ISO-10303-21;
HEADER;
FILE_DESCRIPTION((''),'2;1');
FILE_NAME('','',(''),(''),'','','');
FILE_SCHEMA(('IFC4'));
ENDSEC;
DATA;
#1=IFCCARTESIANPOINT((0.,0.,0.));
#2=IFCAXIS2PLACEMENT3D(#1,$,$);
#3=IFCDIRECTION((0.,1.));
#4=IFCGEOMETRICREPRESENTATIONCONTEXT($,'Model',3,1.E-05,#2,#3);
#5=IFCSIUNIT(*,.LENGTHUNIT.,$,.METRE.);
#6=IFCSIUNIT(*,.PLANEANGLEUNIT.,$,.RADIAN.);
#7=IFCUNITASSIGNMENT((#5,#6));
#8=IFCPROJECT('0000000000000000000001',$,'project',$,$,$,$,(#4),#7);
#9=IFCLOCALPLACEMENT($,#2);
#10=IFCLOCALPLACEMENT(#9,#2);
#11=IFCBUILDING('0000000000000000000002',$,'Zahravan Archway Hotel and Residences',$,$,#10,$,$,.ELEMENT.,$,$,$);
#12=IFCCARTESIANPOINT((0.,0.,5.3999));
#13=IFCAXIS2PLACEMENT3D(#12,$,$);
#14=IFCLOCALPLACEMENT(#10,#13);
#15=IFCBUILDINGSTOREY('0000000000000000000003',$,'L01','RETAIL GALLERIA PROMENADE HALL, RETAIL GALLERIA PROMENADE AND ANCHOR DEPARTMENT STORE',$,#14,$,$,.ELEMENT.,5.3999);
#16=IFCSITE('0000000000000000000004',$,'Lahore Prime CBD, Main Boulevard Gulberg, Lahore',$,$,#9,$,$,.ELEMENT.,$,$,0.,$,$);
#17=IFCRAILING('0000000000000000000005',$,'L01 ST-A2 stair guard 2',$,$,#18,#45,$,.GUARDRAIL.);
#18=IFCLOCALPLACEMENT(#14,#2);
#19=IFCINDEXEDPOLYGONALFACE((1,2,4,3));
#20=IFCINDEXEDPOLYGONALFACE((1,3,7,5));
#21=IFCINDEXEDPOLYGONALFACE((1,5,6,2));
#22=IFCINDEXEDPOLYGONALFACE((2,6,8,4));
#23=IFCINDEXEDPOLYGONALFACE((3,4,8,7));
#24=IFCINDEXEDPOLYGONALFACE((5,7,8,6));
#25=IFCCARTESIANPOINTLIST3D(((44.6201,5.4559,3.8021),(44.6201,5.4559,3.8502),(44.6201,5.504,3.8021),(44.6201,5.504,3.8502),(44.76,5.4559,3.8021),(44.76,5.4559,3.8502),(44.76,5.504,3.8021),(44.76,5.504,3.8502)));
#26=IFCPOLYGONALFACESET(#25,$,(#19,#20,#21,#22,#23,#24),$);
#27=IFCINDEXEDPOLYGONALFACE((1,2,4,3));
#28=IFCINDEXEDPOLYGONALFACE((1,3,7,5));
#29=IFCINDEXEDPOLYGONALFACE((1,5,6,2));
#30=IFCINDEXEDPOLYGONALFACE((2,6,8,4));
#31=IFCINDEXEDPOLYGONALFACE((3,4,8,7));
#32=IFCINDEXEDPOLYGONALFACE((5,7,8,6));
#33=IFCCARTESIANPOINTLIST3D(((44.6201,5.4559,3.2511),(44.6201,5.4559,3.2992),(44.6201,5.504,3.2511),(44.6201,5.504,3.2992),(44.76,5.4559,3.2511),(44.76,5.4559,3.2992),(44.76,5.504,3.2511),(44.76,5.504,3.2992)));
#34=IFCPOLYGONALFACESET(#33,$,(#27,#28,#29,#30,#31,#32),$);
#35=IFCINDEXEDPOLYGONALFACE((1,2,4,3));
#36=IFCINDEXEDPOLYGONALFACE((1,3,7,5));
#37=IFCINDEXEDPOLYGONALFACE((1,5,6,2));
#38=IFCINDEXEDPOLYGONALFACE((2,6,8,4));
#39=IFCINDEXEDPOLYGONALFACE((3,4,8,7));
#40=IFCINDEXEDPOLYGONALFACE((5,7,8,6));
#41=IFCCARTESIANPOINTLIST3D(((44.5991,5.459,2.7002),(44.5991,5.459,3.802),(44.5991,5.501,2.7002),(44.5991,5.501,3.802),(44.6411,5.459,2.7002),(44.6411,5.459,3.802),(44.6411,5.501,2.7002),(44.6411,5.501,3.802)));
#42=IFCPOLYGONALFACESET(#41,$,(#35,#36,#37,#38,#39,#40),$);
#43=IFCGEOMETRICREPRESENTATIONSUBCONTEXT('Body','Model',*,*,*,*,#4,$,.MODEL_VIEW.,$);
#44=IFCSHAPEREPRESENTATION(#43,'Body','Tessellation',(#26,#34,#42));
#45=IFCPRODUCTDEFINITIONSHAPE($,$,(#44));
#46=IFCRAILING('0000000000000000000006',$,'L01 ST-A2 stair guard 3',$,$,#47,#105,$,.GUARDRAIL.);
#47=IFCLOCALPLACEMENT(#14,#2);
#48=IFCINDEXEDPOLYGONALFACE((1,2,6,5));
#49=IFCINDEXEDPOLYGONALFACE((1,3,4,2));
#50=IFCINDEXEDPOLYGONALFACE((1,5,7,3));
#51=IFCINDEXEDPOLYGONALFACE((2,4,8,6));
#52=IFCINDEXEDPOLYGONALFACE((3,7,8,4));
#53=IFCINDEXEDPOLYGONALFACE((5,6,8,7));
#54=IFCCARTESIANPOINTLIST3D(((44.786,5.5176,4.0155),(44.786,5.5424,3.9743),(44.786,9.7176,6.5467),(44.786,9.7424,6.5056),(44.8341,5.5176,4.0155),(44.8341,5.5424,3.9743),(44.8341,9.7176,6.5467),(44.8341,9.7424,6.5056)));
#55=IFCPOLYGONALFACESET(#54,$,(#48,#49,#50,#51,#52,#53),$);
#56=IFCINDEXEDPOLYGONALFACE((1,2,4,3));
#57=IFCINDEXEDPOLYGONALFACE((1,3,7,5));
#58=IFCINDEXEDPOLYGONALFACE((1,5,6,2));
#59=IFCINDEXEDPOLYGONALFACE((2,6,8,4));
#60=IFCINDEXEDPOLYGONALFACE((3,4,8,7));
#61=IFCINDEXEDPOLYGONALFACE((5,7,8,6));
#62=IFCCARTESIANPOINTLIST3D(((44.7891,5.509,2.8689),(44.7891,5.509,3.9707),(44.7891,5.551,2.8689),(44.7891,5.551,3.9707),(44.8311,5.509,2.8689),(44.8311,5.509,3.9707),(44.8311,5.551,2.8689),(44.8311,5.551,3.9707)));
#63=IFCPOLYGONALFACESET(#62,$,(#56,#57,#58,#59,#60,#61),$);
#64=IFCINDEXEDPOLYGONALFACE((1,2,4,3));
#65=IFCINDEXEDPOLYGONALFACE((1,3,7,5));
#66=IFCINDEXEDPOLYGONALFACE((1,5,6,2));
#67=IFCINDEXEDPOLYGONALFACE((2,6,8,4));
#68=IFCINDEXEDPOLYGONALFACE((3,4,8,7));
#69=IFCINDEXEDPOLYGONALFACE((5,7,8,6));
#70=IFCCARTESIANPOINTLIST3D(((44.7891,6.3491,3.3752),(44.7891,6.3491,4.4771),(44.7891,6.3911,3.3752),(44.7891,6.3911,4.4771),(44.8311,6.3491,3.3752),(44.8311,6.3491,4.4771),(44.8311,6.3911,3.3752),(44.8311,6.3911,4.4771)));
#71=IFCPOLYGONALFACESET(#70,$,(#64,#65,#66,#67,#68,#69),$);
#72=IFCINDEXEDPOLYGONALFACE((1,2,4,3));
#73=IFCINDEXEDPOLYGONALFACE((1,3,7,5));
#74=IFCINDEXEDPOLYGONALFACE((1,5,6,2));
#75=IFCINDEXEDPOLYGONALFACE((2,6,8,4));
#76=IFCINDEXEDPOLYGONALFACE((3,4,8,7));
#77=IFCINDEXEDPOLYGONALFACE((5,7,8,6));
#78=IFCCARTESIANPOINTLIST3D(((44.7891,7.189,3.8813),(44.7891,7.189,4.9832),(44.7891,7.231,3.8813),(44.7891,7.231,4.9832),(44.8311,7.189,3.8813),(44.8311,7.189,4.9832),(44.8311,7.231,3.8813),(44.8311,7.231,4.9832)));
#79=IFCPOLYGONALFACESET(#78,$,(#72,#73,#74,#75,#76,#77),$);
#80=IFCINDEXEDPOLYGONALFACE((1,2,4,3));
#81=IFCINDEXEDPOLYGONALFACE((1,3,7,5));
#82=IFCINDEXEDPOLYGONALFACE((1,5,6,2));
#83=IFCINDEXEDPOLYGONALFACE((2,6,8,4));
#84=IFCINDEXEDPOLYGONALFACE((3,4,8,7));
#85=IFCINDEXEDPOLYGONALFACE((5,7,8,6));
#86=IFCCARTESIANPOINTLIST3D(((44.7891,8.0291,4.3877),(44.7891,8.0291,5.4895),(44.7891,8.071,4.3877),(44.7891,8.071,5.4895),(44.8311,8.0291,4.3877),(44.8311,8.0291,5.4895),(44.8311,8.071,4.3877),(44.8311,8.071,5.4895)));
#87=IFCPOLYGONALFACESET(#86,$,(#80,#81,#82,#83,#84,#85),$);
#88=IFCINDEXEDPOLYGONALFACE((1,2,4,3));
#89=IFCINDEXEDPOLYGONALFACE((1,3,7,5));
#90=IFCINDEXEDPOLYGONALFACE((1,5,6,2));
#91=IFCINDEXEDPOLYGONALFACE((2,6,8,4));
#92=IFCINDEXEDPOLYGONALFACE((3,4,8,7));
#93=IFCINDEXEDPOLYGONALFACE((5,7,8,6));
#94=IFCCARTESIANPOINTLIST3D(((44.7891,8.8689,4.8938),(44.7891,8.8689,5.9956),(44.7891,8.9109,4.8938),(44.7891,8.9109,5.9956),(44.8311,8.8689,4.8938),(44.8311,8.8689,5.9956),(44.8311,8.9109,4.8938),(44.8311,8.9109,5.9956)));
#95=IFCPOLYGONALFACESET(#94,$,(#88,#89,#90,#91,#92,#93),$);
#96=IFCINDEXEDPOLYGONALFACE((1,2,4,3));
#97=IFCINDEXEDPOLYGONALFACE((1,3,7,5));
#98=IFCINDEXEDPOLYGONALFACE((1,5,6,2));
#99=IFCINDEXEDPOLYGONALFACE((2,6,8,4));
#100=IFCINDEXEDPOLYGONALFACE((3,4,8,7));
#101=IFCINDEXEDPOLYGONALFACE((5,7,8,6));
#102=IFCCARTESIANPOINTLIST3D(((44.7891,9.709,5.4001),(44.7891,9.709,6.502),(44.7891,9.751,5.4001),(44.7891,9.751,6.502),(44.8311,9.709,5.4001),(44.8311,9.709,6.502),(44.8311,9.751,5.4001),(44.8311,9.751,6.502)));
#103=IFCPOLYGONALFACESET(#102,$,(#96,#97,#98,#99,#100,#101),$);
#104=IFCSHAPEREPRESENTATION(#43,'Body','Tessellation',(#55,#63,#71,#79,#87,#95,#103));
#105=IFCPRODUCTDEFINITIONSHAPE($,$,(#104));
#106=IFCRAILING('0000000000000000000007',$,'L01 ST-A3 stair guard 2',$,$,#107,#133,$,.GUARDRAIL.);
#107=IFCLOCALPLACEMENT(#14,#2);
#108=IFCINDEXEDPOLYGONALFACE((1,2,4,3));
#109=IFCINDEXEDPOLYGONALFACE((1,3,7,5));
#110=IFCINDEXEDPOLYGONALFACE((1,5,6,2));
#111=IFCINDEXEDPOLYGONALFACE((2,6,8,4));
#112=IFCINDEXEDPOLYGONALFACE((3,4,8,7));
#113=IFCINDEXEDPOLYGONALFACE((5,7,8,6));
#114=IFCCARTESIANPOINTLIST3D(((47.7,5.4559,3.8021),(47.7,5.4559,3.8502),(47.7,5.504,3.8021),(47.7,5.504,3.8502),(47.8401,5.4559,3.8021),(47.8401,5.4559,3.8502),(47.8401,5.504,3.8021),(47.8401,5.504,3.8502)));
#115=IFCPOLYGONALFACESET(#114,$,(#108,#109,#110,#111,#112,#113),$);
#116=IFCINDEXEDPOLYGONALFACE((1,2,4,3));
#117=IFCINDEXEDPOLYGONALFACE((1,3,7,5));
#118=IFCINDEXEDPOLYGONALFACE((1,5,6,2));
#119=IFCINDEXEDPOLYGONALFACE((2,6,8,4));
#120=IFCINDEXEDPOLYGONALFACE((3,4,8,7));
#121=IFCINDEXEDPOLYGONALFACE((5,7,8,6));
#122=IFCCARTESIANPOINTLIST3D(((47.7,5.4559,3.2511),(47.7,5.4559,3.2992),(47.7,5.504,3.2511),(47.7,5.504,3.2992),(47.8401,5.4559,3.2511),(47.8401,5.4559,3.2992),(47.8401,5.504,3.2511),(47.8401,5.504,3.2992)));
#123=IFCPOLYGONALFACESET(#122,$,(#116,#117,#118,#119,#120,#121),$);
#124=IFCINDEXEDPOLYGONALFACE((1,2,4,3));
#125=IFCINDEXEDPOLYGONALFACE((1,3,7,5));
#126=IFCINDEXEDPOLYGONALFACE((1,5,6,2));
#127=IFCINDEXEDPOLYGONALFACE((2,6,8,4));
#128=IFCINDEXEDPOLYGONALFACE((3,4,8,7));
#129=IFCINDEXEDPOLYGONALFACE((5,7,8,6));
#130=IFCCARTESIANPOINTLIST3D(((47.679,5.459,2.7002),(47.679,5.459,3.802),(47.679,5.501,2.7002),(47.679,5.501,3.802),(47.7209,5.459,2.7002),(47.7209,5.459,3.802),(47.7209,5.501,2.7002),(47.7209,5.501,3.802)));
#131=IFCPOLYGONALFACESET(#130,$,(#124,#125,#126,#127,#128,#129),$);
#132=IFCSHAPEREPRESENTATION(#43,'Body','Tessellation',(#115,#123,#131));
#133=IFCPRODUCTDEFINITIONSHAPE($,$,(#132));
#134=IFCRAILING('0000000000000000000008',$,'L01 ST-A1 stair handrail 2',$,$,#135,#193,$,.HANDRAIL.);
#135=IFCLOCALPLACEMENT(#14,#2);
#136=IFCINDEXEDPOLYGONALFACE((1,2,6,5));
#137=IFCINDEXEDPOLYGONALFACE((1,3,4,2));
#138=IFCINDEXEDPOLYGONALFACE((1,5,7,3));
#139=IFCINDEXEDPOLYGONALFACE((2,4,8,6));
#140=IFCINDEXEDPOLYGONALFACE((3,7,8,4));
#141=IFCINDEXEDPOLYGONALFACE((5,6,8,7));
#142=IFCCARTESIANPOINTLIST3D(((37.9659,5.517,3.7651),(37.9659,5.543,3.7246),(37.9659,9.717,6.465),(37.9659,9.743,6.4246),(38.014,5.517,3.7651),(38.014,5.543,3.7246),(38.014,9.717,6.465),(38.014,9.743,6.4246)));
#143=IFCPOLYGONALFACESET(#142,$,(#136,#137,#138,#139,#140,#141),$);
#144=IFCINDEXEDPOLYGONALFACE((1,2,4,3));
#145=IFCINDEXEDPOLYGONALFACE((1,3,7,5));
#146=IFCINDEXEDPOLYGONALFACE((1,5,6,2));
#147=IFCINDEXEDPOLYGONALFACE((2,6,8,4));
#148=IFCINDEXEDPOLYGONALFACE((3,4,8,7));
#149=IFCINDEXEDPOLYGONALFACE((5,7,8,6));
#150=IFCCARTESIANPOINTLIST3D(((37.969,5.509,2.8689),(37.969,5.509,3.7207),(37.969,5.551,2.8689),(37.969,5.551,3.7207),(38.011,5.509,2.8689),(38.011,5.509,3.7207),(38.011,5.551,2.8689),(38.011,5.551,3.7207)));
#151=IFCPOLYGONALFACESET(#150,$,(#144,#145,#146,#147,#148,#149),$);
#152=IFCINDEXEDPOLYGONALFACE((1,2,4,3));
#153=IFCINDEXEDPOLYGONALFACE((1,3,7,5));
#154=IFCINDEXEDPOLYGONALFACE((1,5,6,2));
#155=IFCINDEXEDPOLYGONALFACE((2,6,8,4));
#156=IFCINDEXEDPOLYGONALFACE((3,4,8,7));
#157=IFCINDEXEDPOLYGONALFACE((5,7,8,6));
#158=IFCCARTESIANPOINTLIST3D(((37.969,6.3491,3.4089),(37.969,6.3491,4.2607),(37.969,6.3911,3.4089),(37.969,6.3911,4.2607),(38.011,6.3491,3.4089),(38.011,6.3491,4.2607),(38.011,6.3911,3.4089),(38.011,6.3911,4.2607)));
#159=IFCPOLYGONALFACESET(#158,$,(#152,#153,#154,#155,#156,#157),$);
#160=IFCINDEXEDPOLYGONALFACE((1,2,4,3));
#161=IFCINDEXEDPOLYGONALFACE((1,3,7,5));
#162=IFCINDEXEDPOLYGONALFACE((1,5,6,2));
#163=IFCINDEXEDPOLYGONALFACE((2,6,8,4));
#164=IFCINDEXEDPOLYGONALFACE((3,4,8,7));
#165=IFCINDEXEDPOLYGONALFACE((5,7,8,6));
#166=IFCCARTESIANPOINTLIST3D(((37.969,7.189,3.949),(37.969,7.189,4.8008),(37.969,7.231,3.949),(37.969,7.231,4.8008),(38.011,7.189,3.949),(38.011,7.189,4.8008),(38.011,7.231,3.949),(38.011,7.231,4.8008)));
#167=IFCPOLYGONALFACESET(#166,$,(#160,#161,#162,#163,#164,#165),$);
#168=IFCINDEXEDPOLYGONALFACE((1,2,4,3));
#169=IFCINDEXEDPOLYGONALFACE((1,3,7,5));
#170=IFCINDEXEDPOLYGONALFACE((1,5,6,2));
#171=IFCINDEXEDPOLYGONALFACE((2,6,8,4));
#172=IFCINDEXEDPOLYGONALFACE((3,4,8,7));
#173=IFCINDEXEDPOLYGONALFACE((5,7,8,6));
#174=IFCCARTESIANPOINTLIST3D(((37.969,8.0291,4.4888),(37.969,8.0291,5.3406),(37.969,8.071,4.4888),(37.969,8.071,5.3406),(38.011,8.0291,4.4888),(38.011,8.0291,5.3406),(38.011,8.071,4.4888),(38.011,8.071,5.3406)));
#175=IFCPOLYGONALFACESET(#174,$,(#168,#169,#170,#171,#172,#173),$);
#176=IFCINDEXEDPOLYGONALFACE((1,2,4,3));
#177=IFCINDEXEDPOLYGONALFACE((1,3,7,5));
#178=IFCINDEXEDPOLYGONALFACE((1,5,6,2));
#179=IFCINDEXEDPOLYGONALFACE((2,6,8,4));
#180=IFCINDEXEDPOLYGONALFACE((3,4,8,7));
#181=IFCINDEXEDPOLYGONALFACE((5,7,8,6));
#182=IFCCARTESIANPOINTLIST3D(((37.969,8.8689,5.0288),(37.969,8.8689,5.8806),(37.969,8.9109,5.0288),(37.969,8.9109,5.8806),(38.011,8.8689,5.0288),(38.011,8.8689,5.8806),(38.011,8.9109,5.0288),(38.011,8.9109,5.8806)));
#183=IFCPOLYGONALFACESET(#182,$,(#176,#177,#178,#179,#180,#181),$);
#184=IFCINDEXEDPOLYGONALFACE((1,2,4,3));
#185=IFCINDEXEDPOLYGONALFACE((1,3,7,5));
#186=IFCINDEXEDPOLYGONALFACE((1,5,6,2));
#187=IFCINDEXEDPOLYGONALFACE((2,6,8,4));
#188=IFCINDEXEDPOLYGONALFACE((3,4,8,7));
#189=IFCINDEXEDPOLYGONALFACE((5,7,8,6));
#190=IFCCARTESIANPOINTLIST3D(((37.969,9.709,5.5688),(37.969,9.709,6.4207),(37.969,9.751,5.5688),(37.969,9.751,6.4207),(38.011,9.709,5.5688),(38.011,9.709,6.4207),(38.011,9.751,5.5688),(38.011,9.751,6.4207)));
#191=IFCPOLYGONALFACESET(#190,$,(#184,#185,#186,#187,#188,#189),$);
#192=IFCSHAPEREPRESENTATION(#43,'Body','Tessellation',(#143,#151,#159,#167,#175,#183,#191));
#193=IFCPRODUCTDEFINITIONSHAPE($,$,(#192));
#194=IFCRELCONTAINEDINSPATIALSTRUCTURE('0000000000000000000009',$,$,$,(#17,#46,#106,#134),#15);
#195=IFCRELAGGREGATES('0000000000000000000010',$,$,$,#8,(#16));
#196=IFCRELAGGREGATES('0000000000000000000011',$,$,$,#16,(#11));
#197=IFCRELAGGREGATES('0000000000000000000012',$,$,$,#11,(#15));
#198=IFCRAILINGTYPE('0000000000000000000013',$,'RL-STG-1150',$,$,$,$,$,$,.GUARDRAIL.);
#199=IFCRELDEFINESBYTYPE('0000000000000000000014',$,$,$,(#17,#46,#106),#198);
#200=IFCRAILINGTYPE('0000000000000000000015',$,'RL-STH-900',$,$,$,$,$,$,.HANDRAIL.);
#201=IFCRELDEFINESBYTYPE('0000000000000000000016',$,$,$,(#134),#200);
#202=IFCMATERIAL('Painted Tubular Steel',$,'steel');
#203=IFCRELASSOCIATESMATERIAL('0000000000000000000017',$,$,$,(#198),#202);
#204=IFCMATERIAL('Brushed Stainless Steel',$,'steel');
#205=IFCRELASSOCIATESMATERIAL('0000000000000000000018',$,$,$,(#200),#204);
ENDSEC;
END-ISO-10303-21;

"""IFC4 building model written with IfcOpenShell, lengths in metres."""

from ifc_helpers import new_model, si_unit, direction, frame, origin, origin_2d, place, context, subcontext, project, spatial, rectangle, extrude, material, type_object, element, save


model = new_model("IFC4")

# Units and contexts
model_context = context("Model", 3, precision=1e-05, world=origin(), true_north=direction((0.0, 1.0)))
body_context = subcontext(model_context, "Body", "Model", "MODEL_VIEW")
ifc_project = project(units=[si_unit("LENGTHUNIT", "METRE"), si_unit("PLANEANGLEUNIT", "RADIAN")], contexts=[model_context])

# Site, building, storey
site_placement = place(None, origin())
site = spatial("IfcSite", under=ifc_project, at=site_placement, Name="Lahore Prime CBD, Main Boulevard Gulberg, Lahore", CompositionType="ELEMENT", RefElevation=0.0)
building_placement = place(site_placement, origin())
building = spatial("IfcBuilding", under=site, at=building_placement, Name="Zahravan Archway Hotel and Residences", CompositionType="ELEMENT")
storey_placement = place(building_placement, frame((0.0, 0.0, 5.3999)))
storey = spatial("IfcBuildingStorey", under=building, at=storey_placement, Name="L01", Description="RETAIL GALLERIA PROMENADE HALL, RETAIL GALLERIA PROMENADE AND ANCHOR DEPARTMENT STORE", CompositionType="ELEMENT", Elevation=5.3999)

# Railings
ifc_material_1 = material(Name="Painted Tubular Steel", Category="steel")
railing_type_1 = type_object("IfcRailingType", Name="RL-STG-1150", PredefinedType="GUARDRAIL", material=ifc_material_1)
railing_1_placement = place(storey_placement, frame((44.6201, 5.48, 2.7002)))
element("IfcRailing", 1, at=railing_1_placement, inside=storey, type_object=railing_type_1, Name="L01 ST-A2 stair guard 2", PredefinedType="GUARDRAIL", context=body_context, shape_type="SweptSolid", body=[
    extrude(rectangle(XDim=0.0481, YDim=0.0481, at=origin_2d()), frame((0.0, 0.0, 1.126), z_axis=(1.0, 0.0, 0.0), x_axis=(0.0, 1.0, 0.0)), (0.0, 0.0, 1.0), 0.1399),
    extrude(rectangle(XDim=0.0481, YDim=0.0481, at=origin_2d()), frame((0.0, 0.0, 0.575), z_axis=(1.0, 0.0, 0.0), x_axis=(0.0, 1.0, 0.0)), (0.0, 0.0, 1.0), 0.1399),
    extrude(rectangle(XDim=0.042, YDim=0.042, at=origin_2d()), origin(), (0.0, 0.0, 1.0), 1.1018),
])
railing_2_placement = place(storey_placement, frame((44.8101, 5.53, 2.8689)))
element("IfcRailing", 2, at=railing_2_placement, inside=storey, type_object=railing_type_1, Name="L01 ST-A2 stair guard 3", PredefinedType="GUARDRAIL", context=body_context, shape_type="SweptSolid", body=[
    extrude(rectangle(XDim=0.0481, YDim=0.0481, at=origin_2d()), frame((0.0, 0.0, 1.126), z_axis=(0.0, 0.856476, 0.516186), x_axis=(-1.0, 0.0, 0.0)), (0.0, 0.0, 1.0), 4.9038),
    extrude(rectangle(XDim=0.042, YDim=0.042, at=origin_2d()), origin(), (0.0, 0.0, 1.0), 1.1018),
    extrude(rectangle(XDim=0.042, YDim=0.042, at=origin_2d()), frame((0.0, 0.8401, 0.5063)), (0.0, 0.0, 1.0), 1.1018),
    extrude(rectangle(XDim=0.042, YDim=0.042, at=origin_2d()), frame((0.0, 1.6799, 1.0125)), (0.0, 0.0, 1.0), 1.1018),
    extrude(rectangle(XDim=0.042, YDim=0.042, at=origin_2d()), frame((0.0, 2.52, 1.5188)), (0.0, 0.0, 1.0), 1.1018),
    extrude(rectangle(XDim=0.042, YDim=0.042, at=origin_2d()), frame((0.0, 3.3599, 2.0249)), (0.0, 0.0, 1.0), 1.1018),
    extrude(rectangle(XDim=0.042, YDim=0.042, at=origin_2d()), frame((0.0, 4.2, 2.5312)), (0.0, 0.0, 1.0), 1.1018),
])
railing_3_placement = place(storey_placement, frame((47.7, 5.48, 2.7002)))
element("IfcRailing", 3, at=railing_3_placement, inside=storey, type_object=railing_type_1, Name="L01 ST-A3 stair guard 2", PredefinedType="GUARDRAIL", context=body_context, shape_type="SweptSolid", body=[
    extrude(rectangle(XDim=0.0481, YDim=0.0481, at=origin_2d()), frame((0.0, 0.0, 1.126), z_axis=(1.0, 0.0, 0.0), x_axis=(0.0, 1.0, 0.0)), (0.0, 0.0, 1.0), 0.1401),
    extrude(rectangle(XDim=0.0481, YDim=0.0481, at=origin_2d()), frame((0.0, 0.0, 0.575), z_axis=(1.0, 0.0, 0.0), x_axis=(0.0, 1.0, 0.0)), (0.0, 0.0, 1.0), 0.1401),
    extrude(rectangle(XDim=0.042, YDim=0.042, at=origin_2d()), origin(), (0.0, 0.0, 1.0), 1.1018),
])
ifc_material_2 = material(Name="Brushed Stainless Steel", Category="steel")
railing_type_2 = type_object("IfcRailingType", Name="RL-STH-900", PredefinedType="HANDRAIL", material=ifc_material_2)
for number, where, name in (
    (4, (37.99, 5.53, 2.8689), "L01 ST-A1 stair handrail 2"),
):
    element("IfcRailing", number, at=place(storey_placement, frame(where)), inside=storey, type_object=railing_type_2, Name=name, PredefinedType="HANDRAIL", context=body_context, shape_type="SweptSolid", body=[
        extrude(rectangle(XDim=0.0481, YDim=0.0481, at=origin_2d()), frame((0.0, 0.0, 0.876), z_axis=(0.0, 0.84118, 0.540755), x_axis=(-1.0, 0.0, 0.0)), (0.0, 0.0, 1.0), 4.9929),
        extrude(rectangle(XDim=0.042, YDim=0.042, at=origin_2d()), origin(), (0.0, 0.0, 1.0), 0.8518),
        extrude(rectangle(XDim=0.042, YDim=0.042, at=origin_2d()), frame((0.0, 0.8401, 0.54)), (0.0, 0.0, 1.0), 0.8518),
        extrude(rectangle(XDim=0.042, YDim=0.042, at=origin_2d()), frame((0.0, 1.6799, 1.0801)), (0.0, 0.0, 1.0), 0.8518),
        extrude(rectangle(XDim=0.042, YDim=0.042, at=origin_2d()), frame((0.0, 2.52, 1.6199)), (0.0, 0.0, 1.0), 0.8518),
        extrude(rectangle(XDim=0.042, YDim=0.042, at=origin_2d()), frame((0.0, 3.3599, 2.1599)), (0.0, 0.0, 1.0), 0.8518),
        extrude(rectangle(XDim=0.042, YDim=0.042, at=origin_2d()), frame((0.0, 4.2, 2.7)), (0.0, 0.0, 1.0), 0.8518),
    ])

save(model, "model.ifc")
